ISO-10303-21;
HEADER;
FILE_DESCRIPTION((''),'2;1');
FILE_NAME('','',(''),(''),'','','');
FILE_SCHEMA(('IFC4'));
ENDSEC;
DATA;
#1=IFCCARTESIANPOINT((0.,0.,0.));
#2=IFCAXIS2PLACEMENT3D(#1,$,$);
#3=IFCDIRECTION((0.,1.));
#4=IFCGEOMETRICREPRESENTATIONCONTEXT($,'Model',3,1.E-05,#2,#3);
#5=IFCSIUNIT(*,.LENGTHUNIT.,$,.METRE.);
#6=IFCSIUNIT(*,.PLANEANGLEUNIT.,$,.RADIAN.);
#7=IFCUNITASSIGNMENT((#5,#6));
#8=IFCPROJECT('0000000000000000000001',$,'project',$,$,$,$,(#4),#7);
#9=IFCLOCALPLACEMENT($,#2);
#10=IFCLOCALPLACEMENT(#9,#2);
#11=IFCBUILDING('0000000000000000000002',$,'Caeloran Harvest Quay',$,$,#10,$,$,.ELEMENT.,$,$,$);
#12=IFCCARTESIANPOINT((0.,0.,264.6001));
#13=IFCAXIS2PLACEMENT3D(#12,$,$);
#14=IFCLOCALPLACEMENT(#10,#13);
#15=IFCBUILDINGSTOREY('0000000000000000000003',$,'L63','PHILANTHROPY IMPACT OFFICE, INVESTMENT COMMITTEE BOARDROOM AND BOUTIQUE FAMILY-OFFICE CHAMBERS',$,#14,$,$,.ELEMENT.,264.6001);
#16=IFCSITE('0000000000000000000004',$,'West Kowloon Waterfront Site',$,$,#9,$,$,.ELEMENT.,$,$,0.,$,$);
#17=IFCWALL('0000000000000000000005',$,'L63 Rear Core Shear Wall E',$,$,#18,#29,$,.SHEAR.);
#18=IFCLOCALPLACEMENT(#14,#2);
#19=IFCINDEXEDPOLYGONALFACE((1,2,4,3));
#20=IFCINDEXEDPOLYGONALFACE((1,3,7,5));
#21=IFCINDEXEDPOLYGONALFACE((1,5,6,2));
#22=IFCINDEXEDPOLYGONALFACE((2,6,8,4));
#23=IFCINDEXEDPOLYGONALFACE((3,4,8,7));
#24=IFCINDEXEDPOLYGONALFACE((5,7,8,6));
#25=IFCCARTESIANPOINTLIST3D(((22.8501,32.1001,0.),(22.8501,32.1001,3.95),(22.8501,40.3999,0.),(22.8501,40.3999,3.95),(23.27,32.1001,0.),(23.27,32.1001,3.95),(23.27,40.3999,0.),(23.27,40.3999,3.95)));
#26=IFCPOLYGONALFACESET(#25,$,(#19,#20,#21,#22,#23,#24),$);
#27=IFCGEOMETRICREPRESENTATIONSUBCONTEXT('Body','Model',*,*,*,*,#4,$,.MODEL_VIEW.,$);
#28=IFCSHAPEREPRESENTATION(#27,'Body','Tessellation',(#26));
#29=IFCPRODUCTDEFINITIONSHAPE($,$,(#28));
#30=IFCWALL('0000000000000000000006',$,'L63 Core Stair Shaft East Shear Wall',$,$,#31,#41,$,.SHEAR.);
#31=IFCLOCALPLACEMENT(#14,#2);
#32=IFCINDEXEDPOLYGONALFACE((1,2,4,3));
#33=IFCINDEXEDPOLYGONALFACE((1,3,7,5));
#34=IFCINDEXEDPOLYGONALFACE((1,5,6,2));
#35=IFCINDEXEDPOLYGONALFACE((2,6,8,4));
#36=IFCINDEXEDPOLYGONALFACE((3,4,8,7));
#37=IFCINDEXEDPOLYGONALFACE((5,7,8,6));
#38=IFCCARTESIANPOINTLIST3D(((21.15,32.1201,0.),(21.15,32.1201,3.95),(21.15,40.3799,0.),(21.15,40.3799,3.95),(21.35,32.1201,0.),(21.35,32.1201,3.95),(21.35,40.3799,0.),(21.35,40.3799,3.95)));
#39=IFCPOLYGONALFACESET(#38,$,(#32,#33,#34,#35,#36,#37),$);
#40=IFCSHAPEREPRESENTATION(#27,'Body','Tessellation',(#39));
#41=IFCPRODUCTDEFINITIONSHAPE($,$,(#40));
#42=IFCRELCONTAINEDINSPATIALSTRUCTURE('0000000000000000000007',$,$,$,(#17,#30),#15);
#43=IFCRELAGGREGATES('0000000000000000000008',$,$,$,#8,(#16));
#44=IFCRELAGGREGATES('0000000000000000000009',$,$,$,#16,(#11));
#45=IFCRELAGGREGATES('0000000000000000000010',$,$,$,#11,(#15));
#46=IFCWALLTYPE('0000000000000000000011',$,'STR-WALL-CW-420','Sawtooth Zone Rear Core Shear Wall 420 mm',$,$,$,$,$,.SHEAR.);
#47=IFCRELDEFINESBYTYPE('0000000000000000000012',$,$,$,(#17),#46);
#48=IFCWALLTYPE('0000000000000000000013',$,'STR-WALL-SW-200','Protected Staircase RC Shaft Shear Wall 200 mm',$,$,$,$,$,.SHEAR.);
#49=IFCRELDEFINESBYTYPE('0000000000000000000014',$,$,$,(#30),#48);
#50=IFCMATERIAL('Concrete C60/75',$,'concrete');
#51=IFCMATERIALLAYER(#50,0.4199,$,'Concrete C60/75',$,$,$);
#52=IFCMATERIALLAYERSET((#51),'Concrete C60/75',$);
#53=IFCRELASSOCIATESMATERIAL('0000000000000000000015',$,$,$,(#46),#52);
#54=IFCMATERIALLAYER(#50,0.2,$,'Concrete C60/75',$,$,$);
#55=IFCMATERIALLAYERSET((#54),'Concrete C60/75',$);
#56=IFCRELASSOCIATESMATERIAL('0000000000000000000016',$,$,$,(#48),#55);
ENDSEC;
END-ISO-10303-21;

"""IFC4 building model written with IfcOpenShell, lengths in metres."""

from ifc_helpers import new_model, si_unit, direction, frame, frame_2d, origin, place, context, subcontext, project, spatial, rectangle, extrude, material, layer, layer_set, type_object, element, save


model = new_model("IFC4")

# Units and contexts
model_context = context("Model", 3, precision=1e-05, world=origin(), true_north=direction((0.0, 1.0)))
body_context = subcontext(model_context, "Body", "Model", "MODEL_VIEW")
ifc_project = project(units=[si_unit("LENGTHUNIT", "METRE"), si_unit("PLANEANGLEUNIT", "RADIAN")], contexts=[model_context])

# Site, building, storey
site_placement = place(None, origin())
site = spatial("IfcSite", under=ifc_project, at=site_placement, Name="West Kowloon Waterfront Site", CompositionType="ELEMENT", RefElevation=0.0)
building_placement = place(site_placement, origin())
building = spatial("IfcBuilding", under=site, at=building_placement, Name="Caeloran Harvest Quay", CompositionType="ELEMENT")
storey_placement = place(building_placement, frame((0.0, 0.0, 264.6001)))
storey = spatial("IfcBuildingStorey", under=building, at=storey_placement, Name="L63", Description="PHILANTHROPY IMPACT OFFICE, INVESTMENT COMMITTEE BOARDROOM AND BOUTIQUE FAMILY-OFFICE CHAMBERS", CompositionType="ELEMENT", Elevation=264.6001)

# Shared definitions
ifc_material_1 = material(Name="Concrete C60/75", Category="concrete")

# Walls
ifc_layer_1 = layer(ifc_material_1, 0.4199, Name="Concrete C60/75")
ifc_layer_set_1 = layer_set([ifc_layer_1], Name="Concrete C60/75")
wall_type_1 = type_object("IfcWallType", Name="STR-WALL-CW-420", Description="Sawtooth Zone Rear Core Shear Wall 420 mm", PredefinedType="SHEAR", material=ifc_layer_set_1)
wall_1_placement = place(storey_placement, frame((23.0601, 32.1001, 0.0), z_axis=(0.0, 0.0, 1.0), x_axis=(0.0, 1.0, 0.0)))
element("IfcWall", 1, at=wall_1_placement, inside=storey, type_object=wall_type_1, Name="L63 Rear Core Shear Wall E", PredefinedType="SHEAR", context=body_context, shape_type="SweptSolid", body=[
    extrude(rectangle(XDim=8.2998, YDim=0.4199, at=frame_2d((4.1499, 0.0))), origin(), (0.0, 0.0, 1.0), 3.95),
])
ifc_layer_2 = layer(ifc_material_1, 0.2, Name="Concrete C60/75")
ifc_layer_set_2 = layer_set([ifc_layer_2], Name="Concrete C60/75")
wall_type_2 = type_object("IfcWallType", Name="STR-WALL-SW-200", Description="Protected Staircase RC Shaft Shear Wall 200 mm", PredefinedType="SHEAR", material=ifc_layer_set_2)
wall_2_placement = place(storey_placement, frame((21.25, 32.1201, 0.0), z_axis=(0.0, 0.0, 1.0), x_axis=(0.0, 1.0, 0.0)))
element("IfcWall", 2, at=wall_2_placement, inside=storey, type_object=wall_type_2, Name="L63 Core Stair Shaft East Shear Wall", PredefinedType="SHEAR", context=body_context, shape_type="SweptSolid", body=[
    extrude(rectangle(XDim=8.2598, YDim=0.2, at=frame_2d((4.1299, 0.0))), origin(), (0.0, 0.0, 1.0), 3.95),
])

save(model, "model.ifc")
